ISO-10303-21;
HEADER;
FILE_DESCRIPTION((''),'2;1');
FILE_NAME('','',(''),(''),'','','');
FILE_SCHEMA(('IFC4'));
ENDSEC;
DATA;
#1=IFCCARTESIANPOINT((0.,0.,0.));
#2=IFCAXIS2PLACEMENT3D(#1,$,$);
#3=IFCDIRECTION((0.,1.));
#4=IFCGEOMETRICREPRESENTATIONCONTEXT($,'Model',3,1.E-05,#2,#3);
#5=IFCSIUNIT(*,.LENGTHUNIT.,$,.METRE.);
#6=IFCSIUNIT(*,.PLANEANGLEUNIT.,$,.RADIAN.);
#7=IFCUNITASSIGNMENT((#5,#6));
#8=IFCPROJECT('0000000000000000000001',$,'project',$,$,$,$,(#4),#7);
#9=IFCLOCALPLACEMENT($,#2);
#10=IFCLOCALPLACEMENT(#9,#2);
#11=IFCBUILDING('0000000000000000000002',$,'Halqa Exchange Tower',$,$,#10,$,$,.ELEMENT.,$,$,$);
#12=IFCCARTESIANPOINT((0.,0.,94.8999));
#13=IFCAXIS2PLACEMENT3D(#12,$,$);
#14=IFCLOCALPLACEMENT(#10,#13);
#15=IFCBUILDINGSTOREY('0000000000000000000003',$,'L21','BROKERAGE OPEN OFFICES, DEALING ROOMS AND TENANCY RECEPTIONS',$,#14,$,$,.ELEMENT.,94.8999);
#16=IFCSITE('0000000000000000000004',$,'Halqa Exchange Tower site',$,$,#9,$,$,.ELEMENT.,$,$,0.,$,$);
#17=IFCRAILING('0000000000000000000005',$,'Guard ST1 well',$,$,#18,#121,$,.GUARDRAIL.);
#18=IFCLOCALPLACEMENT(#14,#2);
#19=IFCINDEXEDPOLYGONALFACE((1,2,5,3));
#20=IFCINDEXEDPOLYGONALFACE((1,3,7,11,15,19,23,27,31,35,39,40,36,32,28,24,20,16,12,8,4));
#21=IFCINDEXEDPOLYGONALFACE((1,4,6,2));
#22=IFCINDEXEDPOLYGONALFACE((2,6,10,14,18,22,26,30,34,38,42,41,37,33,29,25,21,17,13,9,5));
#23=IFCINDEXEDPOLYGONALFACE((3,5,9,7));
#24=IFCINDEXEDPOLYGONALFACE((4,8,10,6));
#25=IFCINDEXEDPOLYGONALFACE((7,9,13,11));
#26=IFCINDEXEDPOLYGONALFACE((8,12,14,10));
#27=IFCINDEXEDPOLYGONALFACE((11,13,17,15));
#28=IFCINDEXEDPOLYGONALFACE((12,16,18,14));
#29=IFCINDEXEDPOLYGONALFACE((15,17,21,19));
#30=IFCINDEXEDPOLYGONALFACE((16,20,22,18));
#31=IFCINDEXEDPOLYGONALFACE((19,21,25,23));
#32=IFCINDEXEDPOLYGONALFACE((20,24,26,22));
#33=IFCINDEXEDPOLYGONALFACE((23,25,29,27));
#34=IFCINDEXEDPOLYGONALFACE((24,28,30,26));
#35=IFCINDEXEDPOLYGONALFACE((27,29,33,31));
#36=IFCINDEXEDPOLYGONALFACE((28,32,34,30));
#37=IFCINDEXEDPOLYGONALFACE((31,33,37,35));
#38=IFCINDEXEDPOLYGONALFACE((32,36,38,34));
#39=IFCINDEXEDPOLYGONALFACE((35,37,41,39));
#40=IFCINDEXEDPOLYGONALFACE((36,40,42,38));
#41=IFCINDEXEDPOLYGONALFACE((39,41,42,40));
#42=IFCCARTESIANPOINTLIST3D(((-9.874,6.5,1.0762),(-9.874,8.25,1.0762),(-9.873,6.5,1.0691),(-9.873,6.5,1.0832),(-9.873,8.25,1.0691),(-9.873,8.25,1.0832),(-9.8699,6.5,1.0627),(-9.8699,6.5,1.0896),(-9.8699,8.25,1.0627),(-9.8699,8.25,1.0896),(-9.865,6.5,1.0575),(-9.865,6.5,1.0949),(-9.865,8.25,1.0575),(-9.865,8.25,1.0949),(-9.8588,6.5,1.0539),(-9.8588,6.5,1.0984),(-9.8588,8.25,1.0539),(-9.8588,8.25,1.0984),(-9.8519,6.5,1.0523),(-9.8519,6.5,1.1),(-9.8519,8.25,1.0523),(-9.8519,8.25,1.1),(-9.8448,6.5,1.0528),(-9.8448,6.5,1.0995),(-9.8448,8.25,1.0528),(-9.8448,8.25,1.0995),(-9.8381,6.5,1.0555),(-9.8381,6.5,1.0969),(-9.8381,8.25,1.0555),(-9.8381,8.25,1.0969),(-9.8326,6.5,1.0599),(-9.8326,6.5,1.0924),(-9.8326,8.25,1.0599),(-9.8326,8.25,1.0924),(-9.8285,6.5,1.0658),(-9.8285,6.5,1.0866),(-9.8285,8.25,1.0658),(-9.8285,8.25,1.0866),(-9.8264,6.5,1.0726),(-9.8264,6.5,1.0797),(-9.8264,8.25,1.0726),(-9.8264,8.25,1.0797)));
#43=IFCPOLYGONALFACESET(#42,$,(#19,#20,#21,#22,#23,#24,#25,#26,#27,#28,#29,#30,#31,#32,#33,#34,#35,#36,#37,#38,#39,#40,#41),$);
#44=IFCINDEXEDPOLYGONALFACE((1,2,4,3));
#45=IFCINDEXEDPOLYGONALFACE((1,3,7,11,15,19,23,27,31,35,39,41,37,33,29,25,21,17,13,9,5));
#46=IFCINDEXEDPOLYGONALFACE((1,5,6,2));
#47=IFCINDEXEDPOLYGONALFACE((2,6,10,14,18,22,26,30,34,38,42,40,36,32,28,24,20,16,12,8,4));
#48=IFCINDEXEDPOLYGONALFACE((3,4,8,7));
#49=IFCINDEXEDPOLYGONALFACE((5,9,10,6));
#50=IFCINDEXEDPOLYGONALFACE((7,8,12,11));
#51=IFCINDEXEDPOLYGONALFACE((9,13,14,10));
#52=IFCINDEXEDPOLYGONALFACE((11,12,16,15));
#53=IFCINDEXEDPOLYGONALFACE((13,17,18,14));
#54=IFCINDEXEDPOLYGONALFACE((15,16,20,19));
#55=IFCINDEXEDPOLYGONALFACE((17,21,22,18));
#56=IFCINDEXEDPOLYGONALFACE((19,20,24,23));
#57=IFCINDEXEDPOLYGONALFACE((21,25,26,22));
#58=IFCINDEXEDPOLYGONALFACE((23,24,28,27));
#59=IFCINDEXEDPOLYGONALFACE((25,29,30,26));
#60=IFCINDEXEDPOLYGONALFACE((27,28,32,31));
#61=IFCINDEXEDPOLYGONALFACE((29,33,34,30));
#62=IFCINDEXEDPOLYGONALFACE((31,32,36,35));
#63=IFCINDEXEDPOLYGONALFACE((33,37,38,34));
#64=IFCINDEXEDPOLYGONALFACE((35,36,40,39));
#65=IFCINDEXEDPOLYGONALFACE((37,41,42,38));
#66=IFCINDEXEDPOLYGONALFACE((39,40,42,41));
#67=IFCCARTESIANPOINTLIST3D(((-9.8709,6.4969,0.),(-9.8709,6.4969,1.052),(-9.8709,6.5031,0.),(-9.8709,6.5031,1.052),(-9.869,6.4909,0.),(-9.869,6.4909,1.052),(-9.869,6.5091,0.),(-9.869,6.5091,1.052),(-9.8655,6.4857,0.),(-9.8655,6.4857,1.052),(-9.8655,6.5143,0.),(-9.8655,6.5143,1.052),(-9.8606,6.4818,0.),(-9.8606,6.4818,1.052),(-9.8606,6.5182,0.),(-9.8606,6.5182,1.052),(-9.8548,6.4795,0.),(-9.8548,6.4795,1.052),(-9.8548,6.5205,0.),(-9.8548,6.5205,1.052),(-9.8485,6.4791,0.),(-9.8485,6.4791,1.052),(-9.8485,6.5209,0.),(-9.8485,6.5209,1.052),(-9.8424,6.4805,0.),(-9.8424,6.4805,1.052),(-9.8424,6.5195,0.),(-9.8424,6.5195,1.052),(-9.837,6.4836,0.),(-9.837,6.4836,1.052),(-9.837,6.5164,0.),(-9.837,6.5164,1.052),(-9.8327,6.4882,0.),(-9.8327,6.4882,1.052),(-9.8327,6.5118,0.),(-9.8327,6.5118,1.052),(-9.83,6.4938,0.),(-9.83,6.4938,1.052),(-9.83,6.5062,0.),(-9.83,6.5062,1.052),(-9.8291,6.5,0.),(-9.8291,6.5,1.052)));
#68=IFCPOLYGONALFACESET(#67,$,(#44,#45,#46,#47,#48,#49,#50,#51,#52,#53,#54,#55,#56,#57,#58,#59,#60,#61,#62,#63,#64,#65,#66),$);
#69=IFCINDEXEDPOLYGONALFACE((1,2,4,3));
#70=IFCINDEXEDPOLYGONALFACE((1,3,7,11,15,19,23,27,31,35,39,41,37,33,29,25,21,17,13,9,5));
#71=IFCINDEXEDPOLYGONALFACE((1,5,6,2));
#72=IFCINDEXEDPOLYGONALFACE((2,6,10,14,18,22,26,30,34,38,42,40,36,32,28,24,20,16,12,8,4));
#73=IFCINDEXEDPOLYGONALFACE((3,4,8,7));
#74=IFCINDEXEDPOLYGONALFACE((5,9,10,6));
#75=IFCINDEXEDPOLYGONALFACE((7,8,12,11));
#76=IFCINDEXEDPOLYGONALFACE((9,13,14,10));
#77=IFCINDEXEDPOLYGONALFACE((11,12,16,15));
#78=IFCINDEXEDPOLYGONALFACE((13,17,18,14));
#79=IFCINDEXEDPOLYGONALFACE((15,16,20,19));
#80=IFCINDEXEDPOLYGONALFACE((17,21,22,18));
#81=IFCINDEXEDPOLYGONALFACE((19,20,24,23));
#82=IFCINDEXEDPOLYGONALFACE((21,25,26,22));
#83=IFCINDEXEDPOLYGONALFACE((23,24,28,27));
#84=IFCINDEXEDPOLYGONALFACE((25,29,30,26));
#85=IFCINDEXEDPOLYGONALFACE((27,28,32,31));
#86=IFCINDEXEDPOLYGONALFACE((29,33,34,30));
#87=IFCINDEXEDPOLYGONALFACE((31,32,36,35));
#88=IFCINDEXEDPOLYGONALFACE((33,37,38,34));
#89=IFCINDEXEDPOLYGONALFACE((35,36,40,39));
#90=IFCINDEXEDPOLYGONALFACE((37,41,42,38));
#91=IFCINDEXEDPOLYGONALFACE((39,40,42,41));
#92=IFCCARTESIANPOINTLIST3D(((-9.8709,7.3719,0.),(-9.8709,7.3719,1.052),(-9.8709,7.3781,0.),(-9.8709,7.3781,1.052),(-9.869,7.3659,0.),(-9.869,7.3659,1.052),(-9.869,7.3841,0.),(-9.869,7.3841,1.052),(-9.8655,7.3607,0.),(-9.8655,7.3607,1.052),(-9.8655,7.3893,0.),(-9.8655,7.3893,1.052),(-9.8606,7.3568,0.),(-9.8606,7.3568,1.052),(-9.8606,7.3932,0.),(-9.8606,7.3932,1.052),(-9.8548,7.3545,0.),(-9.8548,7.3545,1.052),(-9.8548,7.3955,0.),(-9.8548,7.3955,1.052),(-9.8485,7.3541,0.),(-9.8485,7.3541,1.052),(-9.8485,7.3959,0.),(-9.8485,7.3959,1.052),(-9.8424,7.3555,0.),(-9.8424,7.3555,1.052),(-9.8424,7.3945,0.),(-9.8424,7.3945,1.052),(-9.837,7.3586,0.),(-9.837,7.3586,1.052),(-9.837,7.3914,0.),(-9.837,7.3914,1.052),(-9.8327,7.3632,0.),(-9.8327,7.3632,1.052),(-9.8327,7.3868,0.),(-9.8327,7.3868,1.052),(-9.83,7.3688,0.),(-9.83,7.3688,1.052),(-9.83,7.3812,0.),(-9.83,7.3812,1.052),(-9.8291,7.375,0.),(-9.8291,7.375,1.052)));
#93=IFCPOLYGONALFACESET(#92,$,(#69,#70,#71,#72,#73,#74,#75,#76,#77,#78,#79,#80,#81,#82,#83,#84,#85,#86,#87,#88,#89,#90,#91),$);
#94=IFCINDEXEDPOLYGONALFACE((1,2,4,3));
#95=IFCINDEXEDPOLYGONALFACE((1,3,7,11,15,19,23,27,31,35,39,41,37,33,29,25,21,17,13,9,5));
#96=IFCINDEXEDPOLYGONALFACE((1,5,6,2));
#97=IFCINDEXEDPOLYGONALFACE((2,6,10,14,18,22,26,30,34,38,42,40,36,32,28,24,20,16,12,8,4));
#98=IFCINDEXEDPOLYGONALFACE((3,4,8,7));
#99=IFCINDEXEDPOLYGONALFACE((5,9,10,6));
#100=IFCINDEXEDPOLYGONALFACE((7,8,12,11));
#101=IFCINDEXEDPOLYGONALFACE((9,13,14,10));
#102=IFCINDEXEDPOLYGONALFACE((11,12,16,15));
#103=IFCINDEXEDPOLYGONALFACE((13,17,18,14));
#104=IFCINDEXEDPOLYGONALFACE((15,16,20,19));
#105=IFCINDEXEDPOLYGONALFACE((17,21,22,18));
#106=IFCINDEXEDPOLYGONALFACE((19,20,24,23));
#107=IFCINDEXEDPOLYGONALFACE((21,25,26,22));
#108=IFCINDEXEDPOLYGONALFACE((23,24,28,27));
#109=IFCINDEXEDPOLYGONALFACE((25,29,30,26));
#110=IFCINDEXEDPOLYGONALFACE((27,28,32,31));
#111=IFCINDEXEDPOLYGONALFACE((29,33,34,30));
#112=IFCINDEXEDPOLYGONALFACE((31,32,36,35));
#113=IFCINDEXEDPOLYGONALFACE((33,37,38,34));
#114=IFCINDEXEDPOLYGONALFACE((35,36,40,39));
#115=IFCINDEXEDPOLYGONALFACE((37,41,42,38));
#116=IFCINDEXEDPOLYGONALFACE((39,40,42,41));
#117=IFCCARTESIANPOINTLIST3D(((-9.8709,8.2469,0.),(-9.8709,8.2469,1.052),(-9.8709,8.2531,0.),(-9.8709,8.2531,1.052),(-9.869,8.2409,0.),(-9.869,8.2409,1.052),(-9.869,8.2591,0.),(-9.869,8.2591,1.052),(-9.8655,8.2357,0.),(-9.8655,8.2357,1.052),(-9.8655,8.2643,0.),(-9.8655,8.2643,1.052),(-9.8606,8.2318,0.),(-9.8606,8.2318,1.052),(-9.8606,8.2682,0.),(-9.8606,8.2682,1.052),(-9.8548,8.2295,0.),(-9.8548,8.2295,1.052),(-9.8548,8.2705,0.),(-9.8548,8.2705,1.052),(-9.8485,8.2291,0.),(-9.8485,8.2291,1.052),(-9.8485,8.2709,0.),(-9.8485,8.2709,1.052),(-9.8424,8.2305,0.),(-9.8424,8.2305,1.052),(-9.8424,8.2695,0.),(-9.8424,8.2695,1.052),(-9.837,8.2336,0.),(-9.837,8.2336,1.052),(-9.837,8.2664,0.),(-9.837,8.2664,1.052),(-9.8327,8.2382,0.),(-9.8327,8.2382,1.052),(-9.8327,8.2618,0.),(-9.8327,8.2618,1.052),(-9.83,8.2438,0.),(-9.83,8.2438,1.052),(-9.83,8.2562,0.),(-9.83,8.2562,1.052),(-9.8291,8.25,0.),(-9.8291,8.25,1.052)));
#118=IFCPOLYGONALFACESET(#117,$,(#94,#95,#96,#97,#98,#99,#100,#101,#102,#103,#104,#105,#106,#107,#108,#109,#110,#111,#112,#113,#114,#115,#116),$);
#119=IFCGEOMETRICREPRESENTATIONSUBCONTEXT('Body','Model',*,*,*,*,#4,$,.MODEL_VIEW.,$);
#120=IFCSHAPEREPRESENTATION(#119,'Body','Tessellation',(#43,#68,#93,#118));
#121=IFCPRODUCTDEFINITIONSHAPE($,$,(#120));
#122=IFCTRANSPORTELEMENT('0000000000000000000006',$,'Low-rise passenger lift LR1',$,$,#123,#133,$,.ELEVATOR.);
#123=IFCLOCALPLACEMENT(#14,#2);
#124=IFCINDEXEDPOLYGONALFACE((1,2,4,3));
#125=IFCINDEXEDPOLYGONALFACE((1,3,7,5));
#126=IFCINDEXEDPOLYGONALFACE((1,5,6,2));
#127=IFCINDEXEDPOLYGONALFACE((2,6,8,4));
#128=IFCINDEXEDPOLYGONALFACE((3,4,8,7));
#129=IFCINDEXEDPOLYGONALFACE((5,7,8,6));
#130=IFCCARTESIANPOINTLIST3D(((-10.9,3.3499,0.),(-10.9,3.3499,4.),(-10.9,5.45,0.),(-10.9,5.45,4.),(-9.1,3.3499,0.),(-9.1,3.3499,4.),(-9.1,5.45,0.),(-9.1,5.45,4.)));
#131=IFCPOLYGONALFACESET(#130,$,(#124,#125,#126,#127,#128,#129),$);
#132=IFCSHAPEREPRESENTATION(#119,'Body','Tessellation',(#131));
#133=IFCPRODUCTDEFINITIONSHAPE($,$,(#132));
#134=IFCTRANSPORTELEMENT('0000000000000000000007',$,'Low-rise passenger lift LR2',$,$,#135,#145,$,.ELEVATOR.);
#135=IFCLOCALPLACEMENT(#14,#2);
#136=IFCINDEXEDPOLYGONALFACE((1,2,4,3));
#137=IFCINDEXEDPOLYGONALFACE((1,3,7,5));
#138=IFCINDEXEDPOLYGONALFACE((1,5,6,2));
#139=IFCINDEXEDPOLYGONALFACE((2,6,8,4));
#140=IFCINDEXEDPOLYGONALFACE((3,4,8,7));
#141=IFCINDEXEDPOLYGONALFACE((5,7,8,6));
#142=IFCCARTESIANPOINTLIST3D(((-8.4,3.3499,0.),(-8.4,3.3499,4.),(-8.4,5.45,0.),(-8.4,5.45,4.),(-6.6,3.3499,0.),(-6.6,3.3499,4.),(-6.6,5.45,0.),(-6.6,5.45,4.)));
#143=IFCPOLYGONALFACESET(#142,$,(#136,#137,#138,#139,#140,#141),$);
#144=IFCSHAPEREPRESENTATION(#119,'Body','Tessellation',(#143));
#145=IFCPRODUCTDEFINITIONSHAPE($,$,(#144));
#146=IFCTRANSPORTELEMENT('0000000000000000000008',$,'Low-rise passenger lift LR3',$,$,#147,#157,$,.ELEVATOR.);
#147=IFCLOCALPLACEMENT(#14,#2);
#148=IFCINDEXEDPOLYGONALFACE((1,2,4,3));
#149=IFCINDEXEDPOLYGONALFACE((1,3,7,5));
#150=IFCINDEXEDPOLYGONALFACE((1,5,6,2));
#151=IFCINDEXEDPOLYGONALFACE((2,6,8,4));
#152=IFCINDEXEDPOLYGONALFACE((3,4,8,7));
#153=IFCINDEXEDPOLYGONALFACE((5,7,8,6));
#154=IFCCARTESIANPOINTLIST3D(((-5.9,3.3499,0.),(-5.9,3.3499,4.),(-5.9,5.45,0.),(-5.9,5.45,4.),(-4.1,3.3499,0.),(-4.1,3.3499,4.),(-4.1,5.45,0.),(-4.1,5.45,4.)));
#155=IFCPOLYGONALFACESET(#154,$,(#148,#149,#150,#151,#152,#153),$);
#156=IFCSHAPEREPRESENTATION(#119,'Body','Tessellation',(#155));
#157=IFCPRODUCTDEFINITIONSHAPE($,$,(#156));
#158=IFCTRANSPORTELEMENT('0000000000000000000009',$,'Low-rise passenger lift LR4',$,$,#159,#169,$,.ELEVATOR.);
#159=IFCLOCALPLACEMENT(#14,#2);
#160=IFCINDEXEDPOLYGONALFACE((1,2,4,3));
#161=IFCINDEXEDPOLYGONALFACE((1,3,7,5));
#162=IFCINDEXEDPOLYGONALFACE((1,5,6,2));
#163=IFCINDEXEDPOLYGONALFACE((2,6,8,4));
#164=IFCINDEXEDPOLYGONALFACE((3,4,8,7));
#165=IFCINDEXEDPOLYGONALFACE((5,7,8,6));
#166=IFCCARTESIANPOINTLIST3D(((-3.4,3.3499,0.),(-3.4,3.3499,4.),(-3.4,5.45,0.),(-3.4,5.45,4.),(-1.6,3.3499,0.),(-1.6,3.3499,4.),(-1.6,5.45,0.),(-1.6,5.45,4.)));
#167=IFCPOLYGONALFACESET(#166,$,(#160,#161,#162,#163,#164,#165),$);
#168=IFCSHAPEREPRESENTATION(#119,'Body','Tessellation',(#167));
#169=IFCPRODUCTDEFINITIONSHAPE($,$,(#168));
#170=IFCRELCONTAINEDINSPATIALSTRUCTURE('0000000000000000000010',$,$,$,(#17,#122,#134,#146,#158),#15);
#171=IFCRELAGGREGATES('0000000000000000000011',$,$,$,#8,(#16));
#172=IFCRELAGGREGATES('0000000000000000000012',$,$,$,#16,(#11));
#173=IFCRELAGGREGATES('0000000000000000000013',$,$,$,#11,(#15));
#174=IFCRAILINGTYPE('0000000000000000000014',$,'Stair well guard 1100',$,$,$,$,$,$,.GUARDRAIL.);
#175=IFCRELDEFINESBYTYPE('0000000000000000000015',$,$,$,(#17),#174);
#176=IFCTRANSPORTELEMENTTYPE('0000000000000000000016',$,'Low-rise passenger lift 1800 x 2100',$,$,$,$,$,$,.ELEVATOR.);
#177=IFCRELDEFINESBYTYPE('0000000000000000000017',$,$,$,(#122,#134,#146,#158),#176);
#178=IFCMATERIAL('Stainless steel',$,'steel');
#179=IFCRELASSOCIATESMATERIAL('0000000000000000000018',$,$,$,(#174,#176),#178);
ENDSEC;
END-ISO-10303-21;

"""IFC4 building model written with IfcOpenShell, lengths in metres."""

from ifc_helpers import new_model, si_unit, direction, frame, origin, origin_2d, place, context, subcontext, project, spatial, rectangle, circle, extrude, material, type_object, element, save


model = new_model("IFC4")

# Units and contexts
model_context = context("Model", 3, precision=1e-05, world=origin(), true_north=direction((0.0, 1.0)))
body_context = subcontext(model_context, "Body", "Model", "MODEL_VIEW")
ifc_project = project(units=[si_unit("LENGTHUNIT", "METRE"), si_unit("PLANEANGLEUNIT", "RADIAN")], contexts=[model_context])

# Site, building, storey
site_placement = place(None, origin())
site = spatial("IfcSite", under=ifc_project, at=site_placement, Name="Halqa Exchange Tower site", CompositionType="ELEMENT", RefElevation=0.0)
building_placement = place(site_placement, origin())
building = spatial("IfcBuilding", under=site, at=building_placement, Name="Halqa Exchange Tower", CompositionType="ELEMENT")
storey_placement = place(building_placement, frame((0.0, 0.0, 94.8999)))
storey = spatial("IfcBuildingStorey", under=building, at=storey_placement, Name="L21", Description="BROKERAGE OPEN OFFICES, DEALING ROOMS AND TENANCY RECEPTIONS", CompositionType="ELEMENT", Elevation=94.8999)

# Shared definitions
ifc_material_1 = material(Name="Stainless steel", Category="steel")

# Railing
railing_type_1 = type_object("IfcRailingType", Name="Stair well guard 1100", PredefinedType="GUARDRAIL", material=ifc_material_1)
railing_1_placement = place(storey_placement, frame((-9.8501, 6.5, 0.0)))
element("IfcRailing", 1, at=railing_1_placement, inside=storey, type_object=railing_type_1, Name="Guard ST1 well", PredefinedType="GUARDRAIL", context=body_context, shape_type="SweptSolid", body=[
    extrude(circle(Radius=0.0239, at=origin_2d()), frame((0.0, 0.0, 1.0762), z_axis=(0.0, 1.0, 0.0), x_axis=(-1.0, 0.0, 0.0)), (0.0, 0.0, 1.0), 1.75),
    extrude(circle(Radius=0.021, at=origin_2d()), origin(), (0.0, 0.0, 1.0), 1.052),
    extrude(circle(Radius=0.021, at=origin_2d()), frame((0.0, 0.875, 0.0)), (0.0, 0.0, 1.0), 1.052),
    extrude(circle(Radius=0.021, at=origin_2d()), frame((0.0, 1.75, 0.0)), (0.0, 0.0, 1.0), 1.052),
])

# Transport elements
transport_element_type = type_object("IfcTransportElementType", Name="Low-rise passenger lift 1800 x 2100", PredefinedType="ELEVATOR", material=ifc_material_1)
for number, where, z_axis, x_axis, name in (
    (2, (-10.0, 4.3999, 0.0), (0.0, 0.0, 1.0), (1.0, 0.0, 0.0), "Low-rise passenger lift LR1"),
    (3, (-7.5, 4.3999, 0.0), (0.0, 0.0, 1.0), (1.0, 0.0, 0.0), "Low-rise passenger lift LR2"),
    (4, (-5.0, 4.3999, 0.0), (0.0, 0.0, 1.0), (1.0, 0.0, 0.0), "Low-rise passenger lift LR3"),
    (5, (-2.5, 4.3999, 0.0), (0.0, 0.0, 1.0), (1.0, 0.0, 0.0), "Low-rise passenger lift LR4"),
):
    element("IfcTransportElement", number, at=place(storey_placement, frame(where, z_axis=z_axis, x_axis=x_axis)), inside=storey, type_object=transport_element_type, Name=name, PredefinedType="ELEVATOR", context=body_context, shape_type="SweptSolid", body=[
        extrude(rectangle(XDim=1.8, YDim=2.1001, at=origin_2d()), origin(), (0.0, 0.0, 1.0), 4.0),
    ])

save(model, "model.ifc")
